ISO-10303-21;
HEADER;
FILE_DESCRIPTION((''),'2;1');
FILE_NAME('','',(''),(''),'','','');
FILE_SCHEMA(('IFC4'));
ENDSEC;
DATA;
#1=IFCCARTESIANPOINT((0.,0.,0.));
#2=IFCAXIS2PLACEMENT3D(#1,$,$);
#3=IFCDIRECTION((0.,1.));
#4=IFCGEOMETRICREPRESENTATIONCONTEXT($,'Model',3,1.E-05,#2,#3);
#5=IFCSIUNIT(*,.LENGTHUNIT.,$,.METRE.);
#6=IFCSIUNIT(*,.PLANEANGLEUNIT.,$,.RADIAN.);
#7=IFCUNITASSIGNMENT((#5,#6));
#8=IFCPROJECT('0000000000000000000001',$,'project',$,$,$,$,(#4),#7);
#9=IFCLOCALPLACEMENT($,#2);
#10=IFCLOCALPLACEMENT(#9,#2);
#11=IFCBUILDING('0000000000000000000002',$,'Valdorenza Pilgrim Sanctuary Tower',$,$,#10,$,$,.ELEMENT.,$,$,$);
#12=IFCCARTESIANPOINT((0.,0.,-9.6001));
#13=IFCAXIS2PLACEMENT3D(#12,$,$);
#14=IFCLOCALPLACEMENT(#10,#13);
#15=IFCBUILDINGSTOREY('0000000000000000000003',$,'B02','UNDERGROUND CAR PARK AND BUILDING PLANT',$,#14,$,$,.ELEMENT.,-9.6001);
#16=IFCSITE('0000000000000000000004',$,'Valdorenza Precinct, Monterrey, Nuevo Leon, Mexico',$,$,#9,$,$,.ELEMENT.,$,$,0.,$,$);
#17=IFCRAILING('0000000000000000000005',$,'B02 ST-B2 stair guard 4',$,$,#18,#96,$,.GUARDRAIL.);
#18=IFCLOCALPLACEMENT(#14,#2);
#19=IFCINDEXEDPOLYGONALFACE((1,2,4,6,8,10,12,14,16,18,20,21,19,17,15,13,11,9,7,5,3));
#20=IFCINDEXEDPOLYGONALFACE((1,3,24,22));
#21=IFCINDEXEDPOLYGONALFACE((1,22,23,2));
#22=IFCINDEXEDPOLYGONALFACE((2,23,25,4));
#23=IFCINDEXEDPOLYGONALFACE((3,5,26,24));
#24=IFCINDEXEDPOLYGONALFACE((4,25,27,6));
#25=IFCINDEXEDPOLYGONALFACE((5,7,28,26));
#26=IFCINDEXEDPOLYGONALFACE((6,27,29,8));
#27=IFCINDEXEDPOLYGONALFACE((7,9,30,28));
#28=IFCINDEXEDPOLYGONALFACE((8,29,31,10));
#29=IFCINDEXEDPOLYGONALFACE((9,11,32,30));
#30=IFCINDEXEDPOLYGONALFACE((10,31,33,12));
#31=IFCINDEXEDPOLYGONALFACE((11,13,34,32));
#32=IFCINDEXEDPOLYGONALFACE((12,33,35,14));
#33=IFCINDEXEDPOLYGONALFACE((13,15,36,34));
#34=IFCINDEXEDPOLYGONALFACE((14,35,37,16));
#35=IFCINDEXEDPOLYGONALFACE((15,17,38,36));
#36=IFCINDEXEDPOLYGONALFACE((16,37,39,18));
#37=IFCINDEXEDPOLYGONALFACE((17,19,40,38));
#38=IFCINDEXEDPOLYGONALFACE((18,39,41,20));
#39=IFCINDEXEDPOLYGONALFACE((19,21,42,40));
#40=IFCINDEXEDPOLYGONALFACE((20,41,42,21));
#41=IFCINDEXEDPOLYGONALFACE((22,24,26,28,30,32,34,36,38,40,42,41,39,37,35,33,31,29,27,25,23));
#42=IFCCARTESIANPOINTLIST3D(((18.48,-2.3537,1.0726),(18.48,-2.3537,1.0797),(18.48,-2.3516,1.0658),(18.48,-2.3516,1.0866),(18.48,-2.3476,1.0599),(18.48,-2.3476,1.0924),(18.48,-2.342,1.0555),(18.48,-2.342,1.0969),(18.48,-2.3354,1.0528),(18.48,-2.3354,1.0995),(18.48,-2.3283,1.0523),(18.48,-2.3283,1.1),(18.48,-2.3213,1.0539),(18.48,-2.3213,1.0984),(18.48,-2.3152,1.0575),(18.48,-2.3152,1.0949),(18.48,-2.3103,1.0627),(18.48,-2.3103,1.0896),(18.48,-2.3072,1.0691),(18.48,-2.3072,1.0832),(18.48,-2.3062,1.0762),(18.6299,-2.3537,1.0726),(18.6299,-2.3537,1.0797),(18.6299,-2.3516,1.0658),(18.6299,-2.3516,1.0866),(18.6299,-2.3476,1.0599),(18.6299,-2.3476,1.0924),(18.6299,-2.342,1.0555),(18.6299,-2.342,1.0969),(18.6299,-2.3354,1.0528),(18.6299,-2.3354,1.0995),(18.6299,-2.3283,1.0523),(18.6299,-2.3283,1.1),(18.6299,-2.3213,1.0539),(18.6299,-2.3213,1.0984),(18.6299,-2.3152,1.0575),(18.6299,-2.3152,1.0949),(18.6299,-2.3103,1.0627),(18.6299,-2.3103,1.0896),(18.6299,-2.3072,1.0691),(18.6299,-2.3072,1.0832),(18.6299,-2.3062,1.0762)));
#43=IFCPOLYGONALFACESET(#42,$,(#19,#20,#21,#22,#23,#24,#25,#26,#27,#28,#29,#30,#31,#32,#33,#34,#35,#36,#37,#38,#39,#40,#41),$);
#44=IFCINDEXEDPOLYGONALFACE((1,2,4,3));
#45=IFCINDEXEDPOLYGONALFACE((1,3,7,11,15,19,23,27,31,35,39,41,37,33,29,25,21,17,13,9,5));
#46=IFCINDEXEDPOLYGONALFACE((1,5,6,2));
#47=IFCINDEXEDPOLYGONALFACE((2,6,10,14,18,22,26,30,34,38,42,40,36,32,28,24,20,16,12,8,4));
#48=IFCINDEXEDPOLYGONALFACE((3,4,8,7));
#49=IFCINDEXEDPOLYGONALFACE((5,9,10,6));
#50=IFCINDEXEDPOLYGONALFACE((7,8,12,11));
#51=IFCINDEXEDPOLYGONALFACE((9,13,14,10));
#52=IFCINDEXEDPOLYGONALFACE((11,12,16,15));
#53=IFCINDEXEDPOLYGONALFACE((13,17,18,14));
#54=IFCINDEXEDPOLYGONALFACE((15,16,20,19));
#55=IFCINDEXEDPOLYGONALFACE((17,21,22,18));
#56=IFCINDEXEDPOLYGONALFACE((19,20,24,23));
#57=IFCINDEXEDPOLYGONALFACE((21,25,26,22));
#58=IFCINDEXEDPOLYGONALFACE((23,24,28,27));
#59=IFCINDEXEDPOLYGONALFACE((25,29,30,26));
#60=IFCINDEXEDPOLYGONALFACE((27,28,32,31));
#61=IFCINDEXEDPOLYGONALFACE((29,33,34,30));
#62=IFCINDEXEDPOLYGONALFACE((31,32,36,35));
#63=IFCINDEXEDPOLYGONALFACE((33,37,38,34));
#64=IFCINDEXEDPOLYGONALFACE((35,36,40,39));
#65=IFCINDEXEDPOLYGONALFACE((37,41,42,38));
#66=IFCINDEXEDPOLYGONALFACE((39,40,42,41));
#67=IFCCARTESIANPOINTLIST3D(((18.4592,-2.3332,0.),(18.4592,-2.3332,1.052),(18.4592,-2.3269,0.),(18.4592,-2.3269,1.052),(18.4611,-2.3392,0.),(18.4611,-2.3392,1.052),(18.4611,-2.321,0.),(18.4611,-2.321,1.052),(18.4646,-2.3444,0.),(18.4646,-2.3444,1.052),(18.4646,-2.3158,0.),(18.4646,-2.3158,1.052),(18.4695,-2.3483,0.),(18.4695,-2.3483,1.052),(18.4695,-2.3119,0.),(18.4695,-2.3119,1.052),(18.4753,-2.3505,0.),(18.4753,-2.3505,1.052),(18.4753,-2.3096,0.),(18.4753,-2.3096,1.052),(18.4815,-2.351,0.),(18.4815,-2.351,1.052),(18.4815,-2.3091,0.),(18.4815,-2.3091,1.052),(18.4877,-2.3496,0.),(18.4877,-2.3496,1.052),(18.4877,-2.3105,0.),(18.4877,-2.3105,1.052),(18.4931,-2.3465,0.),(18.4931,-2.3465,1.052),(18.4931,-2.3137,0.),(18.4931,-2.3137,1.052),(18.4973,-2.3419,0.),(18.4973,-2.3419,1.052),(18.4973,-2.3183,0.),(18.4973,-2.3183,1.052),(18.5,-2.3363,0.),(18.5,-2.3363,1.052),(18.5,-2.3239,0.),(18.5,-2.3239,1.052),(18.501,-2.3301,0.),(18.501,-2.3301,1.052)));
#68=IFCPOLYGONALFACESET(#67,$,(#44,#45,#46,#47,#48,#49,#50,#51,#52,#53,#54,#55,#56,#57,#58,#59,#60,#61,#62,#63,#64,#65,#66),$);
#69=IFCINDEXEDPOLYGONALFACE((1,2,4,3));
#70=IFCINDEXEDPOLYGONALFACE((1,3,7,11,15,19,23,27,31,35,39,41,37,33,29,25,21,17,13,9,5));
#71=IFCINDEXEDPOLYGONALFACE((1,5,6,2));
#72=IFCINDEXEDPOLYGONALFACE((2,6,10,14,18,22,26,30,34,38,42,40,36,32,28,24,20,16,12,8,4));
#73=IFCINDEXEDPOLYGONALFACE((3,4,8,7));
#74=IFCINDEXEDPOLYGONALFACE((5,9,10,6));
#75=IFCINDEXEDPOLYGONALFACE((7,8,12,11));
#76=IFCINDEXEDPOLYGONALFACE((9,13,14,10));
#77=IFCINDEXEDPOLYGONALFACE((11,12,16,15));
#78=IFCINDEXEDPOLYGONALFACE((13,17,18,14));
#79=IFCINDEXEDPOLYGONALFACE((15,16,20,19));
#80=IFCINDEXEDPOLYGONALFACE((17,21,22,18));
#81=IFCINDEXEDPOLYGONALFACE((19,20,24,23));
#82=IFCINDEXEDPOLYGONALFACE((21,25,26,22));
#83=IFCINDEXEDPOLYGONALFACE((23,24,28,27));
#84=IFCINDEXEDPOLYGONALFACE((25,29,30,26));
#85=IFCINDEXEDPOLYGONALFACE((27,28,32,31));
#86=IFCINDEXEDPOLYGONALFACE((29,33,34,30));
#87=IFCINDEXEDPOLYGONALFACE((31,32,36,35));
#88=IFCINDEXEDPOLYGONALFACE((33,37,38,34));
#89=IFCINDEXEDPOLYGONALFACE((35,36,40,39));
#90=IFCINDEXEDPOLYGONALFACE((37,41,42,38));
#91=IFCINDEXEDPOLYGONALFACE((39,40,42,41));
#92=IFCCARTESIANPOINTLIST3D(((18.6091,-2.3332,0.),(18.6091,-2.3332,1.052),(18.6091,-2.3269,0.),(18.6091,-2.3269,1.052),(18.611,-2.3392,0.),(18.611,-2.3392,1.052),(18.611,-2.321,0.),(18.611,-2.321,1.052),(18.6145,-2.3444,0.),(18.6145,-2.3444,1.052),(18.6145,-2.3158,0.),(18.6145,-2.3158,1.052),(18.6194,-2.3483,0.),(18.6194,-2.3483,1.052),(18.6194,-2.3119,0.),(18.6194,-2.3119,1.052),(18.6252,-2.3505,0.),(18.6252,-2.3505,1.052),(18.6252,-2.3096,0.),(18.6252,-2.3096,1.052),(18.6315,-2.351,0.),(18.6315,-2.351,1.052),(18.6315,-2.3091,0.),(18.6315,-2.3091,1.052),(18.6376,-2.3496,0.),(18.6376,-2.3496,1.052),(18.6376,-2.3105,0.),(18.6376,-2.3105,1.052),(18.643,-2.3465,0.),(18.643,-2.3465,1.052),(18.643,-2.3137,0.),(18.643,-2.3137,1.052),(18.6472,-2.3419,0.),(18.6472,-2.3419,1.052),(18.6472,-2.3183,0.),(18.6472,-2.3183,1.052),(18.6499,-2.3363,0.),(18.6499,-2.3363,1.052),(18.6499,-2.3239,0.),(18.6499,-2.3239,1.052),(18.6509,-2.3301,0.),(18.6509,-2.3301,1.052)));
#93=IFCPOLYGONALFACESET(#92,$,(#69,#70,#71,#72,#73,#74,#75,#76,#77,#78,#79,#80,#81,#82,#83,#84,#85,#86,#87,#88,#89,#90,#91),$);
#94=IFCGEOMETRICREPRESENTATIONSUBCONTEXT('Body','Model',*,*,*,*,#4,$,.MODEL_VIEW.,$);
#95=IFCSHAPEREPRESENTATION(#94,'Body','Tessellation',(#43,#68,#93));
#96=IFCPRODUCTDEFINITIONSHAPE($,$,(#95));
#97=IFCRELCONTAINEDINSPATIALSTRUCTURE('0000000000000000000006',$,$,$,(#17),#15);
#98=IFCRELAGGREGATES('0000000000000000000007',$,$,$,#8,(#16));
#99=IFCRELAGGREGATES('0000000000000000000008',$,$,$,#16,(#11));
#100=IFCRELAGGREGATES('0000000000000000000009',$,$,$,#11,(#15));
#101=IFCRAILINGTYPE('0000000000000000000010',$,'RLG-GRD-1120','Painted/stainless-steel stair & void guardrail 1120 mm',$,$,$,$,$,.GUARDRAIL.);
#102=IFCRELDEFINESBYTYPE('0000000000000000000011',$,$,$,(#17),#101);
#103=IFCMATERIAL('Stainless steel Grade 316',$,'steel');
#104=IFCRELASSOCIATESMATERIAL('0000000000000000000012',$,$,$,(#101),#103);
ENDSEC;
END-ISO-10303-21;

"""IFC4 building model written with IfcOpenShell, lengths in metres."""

from ifc_helpers import new_model, si_unit, direction, frame, origin, origin_2d, place, context, subcontext, project, spatial, circle, extrude, material, type_object, element, save


model = new_model("IFC4")

# Units and contexts
model_context = context("Model", 3, precision=1e-05, world=origin(), true_north=direction((0.0, 1.0)))
body_context = subcontext(model_context, "Body", "Model", "MODEL_VIEW")
ifc_project = project(units=[si_unit("LENGTHUNIT", "METRE"), si_unit("PLANEANGLEUNIT", "RADIAN")], contexts=[model_context])

# Site, building, storey
site_placement = place(None, origin())
site = spatial("IfcSite", under=ifc_project, at=site_placement, Name="Valdorenza Precinct, Monterrey, Nuevo Leon, Mexico", CompositionType="ELEMENT", RefElevation=0.0)
building_placement = place(site_placement, origin())
building = spatial("IfcBuilding", under=site, at=building_placement, Name="Valdorenza Pilgrim Sanctuary Tower", CompositionType="ELEMENT")
storey_placement = place(building_placement, frame((0.0, 0.0, -9.6001)))
storey = spatial("IfcBuildingStorey", under=building, at=storey_placement, Name="B02", Description="UNDERGROUND CAR PARK AND BUILDING PLANT", CompositionType="ELEMENT", Elevation=-9.6001)

# Railing
ifc_material_1 = material(Name="Stainless steel Grade 316", Category="steel")
railing_type_1 = type_object("IfcRailingType", Name="RLG-GRD-1120", Description="Painted/stainless-steel stair & void guardrail 1120 mm", PredefinedType="GUARDRAIL", material=ifc_material_1)
railing_1_placement = place(storey_placement, frame((18.48, -2.3301, 0.0)))
element("IfcRailing", 1, at=railing_1_placement, inside=storey, type_object=railing_type_1, Name="B02 ST-B2 stair guard 4", PredefinedType="GUARDRAIL", context=body_context, shape_type="SweptSolid", body=[
    extrude(circle(Radius=0.0239, at=origin_2d()), frame((0.0, 0.0, 1.0762), z_axis=(1.0, 0.0, 0.0), x_axis=(0.0, 1.0, 0.0)), (0.0, 0.0, 1.0), 0.1499),
    extrude(circle(Radius=0.021, at=origin_2d()), origin(), (0.0, 0.0, 1.0), 1.052),
    extrude(circle(Radius=0.021, at=origin_2d()), frame((0.1499, 0.0, 0.0)), (0.0, 0.0, 1.0), 1.052),
])

save(model, "model.ifc")
